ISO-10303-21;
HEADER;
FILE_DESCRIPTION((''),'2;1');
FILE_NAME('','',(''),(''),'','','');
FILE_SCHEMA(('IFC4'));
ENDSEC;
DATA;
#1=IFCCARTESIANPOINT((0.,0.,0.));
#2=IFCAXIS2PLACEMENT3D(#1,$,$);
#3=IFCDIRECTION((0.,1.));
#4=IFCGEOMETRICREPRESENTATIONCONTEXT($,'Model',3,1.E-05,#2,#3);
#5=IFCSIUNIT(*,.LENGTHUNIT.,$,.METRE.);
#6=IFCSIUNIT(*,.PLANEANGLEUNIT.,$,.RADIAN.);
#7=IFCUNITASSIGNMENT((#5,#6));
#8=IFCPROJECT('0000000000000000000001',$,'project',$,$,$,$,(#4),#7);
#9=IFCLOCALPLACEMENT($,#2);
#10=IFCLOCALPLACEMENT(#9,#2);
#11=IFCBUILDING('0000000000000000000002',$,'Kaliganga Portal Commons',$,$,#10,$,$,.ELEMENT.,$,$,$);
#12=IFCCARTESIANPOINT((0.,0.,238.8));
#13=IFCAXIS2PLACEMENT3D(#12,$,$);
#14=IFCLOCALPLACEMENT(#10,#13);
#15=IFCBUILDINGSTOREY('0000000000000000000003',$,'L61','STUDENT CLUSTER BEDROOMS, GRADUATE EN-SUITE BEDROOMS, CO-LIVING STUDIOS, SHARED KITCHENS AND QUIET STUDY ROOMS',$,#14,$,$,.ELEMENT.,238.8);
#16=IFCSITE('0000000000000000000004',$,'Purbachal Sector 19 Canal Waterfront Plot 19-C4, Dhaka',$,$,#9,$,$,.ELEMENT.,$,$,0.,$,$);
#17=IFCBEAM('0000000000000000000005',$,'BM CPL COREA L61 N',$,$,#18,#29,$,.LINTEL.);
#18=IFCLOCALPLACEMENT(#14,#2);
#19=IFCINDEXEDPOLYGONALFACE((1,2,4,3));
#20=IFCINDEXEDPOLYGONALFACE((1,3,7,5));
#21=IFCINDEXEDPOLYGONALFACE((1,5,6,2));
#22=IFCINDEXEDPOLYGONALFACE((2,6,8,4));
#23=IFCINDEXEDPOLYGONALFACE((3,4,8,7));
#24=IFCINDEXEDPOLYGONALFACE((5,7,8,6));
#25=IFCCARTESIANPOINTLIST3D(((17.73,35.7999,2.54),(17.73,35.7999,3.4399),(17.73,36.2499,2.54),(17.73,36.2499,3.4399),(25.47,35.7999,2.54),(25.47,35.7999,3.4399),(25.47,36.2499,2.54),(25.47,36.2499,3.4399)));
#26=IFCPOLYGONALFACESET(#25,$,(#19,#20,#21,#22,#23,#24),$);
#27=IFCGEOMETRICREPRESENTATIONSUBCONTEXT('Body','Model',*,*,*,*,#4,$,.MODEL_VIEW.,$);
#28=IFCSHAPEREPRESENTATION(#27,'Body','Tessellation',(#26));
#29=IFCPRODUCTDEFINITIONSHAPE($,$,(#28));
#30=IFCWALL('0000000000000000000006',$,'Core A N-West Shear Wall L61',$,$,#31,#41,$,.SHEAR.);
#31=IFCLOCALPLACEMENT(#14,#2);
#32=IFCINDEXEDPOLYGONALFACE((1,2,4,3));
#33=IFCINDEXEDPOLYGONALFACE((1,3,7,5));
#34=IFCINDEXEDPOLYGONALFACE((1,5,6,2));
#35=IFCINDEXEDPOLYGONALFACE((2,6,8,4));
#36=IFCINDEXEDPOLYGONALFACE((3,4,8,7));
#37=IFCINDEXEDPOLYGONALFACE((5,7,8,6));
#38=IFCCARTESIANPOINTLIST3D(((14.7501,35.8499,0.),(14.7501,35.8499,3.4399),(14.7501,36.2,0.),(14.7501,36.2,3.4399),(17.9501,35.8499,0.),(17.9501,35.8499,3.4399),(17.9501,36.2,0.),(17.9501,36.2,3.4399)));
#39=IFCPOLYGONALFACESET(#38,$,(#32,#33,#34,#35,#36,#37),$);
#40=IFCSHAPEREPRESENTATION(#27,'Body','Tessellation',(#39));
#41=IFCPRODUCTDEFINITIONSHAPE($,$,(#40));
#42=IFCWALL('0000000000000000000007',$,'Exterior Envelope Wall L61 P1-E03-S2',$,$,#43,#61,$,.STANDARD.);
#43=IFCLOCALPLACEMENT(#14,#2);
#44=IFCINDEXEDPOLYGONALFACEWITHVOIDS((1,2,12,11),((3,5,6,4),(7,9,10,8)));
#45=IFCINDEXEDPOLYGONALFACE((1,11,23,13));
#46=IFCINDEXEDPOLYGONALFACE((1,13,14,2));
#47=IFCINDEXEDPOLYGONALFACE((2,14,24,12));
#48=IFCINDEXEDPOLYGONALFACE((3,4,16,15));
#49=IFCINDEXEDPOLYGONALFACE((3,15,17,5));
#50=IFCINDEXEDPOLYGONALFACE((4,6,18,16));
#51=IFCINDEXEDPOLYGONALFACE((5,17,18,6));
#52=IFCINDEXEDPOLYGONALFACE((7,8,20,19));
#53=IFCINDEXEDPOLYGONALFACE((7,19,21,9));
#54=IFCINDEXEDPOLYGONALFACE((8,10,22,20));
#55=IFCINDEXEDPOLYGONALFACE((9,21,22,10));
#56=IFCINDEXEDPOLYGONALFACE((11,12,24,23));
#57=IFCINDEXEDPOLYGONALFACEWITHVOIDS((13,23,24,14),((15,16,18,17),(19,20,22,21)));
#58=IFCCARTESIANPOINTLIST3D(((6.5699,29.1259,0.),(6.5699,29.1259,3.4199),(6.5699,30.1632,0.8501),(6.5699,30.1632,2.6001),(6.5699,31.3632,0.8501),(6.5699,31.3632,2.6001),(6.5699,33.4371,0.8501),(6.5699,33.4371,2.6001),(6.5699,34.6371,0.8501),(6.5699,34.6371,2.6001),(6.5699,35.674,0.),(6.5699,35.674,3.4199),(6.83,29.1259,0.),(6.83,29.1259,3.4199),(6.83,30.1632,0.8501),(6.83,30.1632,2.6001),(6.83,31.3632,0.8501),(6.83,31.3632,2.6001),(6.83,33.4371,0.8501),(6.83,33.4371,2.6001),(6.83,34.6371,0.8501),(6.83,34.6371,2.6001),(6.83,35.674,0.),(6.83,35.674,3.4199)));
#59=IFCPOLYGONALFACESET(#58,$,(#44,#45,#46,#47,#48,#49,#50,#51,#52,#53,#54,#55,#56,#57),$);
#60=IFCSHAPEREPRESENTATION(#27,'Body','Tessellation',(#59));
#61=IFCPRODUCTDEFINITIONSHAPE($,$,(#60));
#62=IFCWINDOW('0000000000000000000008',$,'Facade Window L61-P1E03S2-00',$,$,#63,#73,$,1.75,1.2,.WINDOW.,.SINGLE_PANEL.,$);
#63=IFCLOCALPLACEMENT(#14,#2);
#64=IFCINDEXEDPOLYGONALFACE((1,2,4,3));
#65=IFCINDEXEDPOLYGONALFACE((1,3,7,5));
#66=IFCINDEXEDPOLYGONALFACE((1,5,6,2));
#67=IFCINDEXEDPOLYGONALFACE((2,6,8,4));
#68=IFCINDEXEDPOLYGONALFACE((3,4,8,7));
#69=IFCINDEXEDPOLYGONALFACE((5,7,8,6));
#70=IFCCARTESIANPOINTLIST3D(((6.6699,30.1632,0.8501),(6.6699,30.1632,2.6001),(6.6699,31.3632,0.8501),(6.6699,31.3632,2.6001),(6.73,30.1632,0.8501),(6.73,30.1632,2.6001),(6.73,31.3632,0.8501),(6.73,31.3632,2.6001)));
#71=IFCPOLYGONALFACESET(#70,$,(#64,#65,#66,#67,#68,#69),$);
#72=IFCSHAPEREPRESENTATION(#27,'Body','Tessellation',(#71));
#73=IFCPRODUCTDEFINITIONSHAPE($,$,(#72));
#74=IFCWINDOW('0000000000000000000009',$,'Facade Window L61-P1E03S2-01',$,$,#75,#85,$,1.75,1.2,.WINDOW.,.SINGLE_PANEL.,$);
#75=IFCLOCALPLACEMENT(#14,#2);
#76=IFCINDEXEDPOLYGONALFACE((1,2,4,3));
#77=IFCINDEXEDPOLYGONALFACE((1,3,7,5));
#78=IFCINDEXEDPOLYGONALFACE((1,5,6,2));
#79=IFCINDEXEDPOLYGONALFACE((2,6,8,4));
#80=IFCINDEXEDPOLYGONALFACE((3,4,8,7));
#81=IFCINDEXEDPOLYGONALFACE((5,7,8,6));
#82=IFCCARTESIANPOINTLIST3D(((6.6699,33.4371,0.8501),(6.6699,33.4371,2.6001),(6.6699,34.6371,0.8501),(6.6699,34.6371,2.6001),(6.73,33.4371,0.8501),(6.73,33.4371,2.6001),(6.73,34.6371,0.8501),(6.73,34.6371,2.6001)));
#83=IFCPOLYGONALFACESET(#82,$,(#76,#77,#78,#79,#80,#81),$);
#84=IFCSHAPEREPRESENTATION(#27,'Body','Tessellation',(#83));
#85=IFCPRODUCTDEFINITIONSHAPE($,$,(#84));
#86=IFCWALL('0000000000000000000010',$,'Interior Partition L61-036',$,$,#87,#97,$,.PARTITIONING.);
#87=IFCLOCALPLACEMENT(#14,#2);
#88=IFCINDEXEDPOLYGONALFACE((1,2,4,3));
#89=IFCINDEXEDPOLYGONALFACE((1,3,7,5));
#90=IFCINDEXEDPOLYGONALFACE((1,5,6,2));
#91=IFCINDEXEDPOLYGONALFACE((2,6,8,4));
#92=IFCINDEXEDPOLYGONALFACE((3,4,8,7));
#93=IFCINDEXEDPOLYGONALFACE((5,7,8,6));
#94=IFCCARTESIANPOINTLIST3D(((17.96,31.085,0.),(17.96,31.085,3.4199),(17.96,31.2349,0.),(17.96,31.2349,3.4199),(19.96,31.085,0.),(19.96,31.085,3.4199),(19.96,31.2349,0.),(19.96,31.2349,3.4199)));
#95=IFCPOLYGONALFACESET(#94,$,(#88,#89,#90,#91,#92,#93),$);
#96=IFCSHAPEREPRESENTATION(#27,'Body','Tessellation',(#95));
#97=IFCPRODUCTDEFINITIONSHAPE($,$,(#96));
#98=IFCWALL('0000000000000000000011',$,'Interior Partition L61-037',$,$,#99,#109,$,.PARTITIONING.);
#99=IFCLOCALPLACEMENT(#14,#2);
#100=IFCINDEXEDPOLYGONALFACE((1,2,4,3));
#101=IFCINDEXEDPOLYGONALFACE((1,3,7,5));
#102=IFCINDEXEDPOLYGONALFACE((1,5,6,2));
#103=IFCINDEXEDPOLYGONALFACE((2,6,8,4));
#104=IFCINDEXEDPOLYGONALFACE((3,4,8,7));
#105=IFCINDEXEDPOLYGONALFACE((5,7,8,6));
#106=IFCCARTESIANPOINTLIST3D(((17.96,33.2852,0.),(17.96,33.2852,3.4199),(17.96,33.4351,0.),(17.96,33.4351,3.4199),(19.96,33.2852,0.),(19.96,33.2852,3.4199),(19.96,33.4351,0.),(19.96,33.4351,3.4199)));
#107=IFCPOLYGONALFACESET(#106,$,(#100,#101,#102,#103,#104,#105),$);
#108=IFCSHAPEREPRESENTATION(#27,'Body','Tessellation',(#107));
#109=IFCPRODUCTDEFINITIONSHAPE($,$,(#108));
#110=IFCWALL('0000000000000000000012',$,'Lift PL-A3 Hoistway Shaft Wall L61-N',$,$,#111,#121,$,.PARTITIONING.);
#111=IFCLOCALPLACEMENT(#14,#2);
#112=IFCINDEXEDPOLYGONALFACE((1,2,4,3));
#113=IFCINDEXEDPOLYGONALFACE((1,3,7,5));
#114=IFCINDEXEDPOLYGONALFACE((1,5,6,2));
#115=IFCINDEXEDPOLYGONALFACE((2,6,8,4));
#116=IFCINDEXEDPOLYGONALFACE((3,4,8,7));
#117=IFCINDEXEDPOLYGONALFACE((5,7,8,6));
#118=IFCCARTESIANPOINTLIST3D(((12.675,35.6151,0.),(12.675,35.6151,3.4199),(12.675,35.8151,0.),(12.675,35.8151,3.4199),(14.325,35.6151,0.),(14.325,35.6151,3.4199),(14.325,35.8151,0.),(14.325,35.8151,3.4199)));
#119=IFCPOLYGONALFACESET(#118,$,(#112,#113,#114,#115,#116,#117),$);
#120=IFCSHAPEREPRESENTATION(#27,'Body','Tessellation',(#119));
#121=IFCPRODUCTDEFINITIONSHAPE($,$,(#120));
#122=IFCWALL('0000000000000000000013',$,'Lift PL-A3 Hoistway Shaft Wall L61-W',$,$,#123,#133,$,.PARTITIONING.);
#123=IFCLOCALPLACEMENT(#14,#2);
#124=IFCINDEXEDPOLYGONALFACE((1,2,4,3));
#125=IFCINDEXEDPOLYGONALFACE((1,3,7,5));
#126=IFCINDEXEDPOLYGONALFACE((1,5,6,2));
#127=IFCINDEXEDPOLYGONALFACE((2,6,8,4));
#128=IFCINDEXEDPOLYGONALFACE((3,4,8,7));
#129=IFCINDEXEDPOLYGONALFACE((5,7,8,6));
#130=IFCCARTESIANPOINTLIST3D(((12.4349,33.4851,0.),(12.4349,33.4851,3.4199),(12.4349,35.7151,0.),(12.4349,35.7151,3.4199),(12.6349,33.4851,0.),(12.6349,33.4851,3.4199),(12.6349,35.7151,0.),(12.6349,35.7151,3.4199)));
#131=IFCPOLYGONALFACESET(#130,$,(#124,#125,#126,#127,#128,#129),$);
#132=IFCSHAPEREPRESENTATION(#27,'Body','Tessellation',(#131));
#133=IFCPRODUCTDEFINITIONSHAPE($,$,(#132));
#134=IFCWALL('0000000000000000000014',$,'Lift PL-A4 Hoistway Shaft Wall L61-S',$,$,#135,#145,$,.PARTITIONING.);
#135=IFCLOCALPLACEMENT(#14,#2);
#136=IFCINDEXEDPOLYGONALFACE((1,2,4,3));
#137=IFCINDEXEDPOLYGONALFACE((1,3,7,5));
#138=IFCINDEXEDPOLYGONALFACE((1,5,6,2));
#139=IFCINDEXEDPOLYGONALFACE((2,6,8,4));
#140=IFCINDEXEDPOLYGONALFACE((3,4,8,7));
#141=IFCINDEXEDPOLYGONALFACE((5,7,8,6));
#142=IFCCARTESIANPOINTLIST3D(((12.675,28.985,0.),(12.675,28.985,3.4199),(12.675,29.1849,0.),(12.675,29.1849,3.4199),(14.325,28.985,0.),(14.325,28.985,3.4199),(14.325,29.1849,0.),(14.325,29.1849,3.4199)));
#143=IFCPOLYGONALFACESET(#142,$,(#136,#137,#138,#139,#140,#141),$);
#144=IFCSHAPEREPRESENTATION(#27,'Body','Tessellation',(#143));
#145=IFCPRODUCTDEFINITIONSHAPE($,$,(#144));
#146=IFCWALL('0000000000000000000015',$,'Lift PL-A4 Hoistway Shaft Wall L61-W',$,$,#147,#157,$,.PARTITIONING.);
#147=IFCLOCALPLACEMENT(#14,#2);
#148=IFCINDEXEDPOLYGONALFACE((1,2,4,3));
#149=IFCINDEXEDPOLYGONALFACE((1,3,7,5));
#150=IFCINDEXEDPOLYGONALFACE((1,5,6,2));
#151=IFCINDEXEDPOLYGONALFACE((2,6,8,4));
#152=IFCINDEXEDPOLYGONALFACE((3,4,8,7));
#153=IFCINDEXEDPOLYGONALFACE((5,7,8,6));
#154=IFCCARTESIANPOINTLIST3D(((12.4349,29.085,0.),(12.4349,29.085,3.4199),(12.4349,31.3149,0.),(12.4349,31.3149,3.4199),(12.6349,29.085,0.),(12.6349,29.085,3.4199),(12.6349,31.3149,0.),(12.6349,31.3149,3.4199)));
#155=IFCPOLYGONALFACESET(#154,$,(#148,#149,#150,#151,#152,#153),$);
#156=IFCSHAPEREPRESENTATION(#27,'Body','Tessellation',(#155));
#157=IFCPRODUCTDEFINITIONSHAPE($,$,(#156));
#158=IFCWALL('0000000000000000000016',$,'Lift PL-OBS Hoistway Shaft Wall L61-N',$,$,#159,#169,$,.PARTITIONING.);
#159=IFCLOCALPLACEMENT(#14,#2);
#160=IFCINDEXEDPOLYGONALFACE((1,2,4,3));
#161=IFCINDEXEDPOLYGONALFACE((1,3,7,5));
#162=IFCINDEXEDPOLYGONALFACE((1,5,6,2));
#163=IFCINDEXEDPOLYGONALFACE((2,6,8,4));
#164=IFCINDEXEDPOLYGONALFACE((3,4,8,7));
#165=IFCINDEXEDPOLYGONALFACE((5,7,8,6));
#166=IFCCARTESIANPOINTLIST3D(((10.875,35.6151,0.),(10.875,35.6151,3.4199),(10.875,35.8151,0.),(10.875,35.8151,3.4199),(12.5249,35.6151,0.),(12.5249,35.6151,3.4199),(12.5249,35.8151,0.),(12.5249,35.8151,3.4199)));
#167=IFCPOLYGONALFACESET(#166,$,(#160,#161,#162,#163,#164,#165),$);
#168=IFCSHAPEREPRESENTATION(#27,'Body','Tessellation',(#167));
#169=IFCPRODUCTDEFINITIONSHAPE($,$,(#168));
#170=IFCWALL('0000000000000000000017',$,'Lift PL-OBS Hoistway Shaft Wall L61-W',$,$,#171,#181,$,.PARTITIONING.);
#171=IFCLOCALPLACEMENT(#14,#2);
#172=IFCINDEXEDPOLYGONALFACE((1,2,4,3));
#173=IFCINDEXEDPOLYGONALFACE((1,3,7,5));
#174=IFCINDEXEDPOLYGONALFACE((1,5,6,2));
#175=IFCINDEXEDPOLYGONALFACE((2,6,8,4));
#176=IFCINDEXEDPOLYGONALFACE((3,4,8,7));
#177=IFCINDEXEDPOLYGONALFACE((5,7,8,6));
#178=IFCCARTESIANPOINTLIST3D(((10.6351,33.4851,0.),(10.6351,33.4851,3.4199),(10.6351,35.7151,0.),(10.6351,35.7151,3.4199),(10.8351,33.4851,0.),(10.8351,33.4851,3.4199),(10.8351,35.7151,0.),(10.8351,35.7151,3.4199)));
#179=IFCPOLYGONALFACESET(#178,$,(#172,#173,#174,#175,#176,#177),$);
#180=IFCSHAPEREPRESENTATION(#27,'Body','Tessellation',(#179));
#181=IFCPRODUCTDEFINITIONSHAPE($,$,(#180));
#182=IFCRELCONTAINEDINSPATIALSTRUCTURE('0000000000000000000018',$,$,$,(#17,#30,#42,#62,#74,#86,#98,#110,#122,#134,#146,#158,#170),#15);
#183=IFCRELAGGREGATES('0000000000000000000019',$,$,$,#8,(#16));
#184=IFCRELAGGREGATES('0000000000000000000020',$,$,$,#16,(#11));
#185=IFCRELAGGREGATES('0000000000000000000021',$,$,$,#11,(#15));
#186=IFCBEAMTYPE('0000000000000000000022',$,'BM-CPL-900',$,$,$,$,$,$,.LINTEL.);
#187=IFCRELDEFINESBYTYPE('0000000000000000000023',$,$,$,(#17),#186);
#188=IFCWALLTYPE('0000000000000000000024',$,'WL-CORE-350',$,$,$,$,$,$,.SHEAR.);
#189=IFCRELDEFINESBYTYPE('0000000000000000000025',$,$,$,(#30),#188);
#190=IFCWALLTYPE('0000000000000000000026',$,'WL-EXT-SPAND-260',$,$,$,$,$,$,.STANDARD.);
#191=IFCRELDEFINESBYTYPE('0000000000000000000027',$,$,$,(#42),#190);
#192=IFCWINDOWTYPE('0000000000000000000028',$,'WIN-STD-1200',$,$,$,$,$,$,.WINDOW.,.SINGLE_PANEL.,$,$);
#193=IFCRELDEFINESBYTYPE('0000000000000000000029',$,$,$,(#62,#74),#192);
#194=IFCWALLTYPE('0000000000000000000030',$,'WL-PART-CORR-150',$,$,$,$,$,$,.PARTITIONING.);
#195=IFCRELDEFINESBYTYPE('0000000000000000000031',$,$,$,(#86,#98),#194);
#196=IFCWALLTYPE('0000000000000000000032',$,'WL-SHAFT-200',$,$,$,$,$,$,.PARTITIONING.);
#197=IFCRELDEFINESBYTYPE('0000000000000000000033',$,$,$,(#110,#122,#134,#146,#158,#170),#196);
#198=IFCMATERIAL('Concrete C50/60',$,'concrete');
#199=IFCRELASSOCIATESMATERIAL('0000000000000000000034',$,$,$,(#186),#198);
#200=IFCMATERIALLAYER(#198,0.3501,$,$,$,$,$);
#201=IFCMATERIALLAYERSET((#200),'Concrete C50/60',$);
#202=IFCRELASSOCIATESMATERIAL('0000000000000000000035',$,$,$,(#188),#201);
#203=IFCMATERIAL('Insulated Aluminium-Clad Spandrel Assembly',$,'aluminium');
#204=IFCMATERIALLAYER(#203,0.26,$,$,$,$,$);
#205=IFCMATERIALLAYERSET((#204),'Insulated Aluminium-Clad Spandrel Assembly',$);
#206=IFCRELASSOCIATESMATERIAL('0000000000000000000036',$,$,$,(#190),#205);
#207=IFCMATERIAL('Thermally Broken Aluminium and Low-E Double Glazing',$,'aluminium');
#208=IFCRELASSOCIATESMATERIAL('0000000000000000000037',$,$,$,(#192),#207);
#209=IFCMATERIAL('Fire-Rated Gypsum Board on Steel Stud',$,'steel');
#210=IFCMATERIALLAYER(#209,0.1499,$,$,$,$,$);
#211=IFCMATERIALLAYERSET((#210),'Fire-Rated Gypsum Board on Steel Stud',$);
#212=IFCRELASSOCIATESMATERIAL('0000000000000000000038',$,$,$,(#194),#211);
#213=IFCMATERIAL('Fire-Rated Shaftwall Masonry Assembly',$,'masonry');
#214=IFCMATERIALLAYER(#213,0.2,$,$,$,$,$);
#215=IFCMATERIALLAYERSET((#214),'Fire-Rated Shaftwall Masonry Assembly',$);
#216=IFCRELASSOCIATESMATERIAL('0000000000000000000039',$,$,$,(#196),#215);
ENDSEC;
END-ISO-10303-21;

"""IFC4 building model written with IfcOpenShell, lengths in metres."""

from ifc_helpers import new_model, si_unit, direction, frame, frame_2d, origin, origin_2d, place, context, subcontext, project, spatial, rectangle, extrude, source, transform, mapped, material, layer, layer_set, material_profile, profile_set, type_object, element, fill, save


model = new_model("IFC4")

# Units and contexts
model_context = context("Model", 3, precision=1e-05, world=origin(), true_north=direction((0.0, 1.0)))
body_context = subcontext(model_context, "Body", "Model", "MODEL_VIEW")
ifc_project = project(units=[si_unit("LENGTHUNIT", "METRE"), si_unit("PLANEANGLEUNIT", "RADIAN")], contexts=[model_context])

# Site, building, storey
site_placement = place(None, origin())
site = spatial("IfcSite", under=ifc_project, at=site_placement, Name="Purbachal Sector 19 Canal Waterfront Plot 19-C4, Dhaka", CompositionType="ELEMENT", RefElevation=0.0)
building_placement = place(site_placement, origin())
building = spatial("IfcBuilding", under=site, at=building_placement, Name="Kaliganga Portal Commons", CompositionType="ELEMENT")
storey_placement = place(building_placement, frame((0.0, 0.0, 238.8)))
storey = spatial("IfcBuildingStorey", under=building, at=storey_placement, Name="L61", Description="STUDENT CLUSTER BEDROOMS, GRADUATE EN-SUITE BEDROOMS, CO-LIVING STUDIOS, SHARED KITCHENS AND QUIET STUDY ROOMS", CompositionType="ELEMENT", Elevation=238.8)

# Beam
ifc_material_1 = material(Name="Concrete C50/60", Category="concrete")
ifc_material_profile = material_profile(ifc_material_1, rectangle(XDim=0.45, YDim=0.8999, at=origin_2d()), Name="RC 450x900")
ifc_profile_set = profile_set([ifc_material_profile], Name="Concrete C50/60")
beam_type = type_object("IfcBeamType", Name="BM-CPL-900", PredefinedType="LINTEL", material=ifc_profile_set)
shared_shape = source(origin(), body_context, "Body", "SweptSolid", [
    extrude(rectangle(XDim=0.45, YDim=0.8999, at=origin_2d()), origin(), (0.0, 0.0, 1.0), 7.74),
])
beam_placement = place(storey_placement, frame((17.73, 36.0249, 2.99), z_axis=(1.0, 0.0, 0.0), x_axis=(0.0, 1.0, 0.0)))
element("IfcBeam", 1, at=beam_placement, inside=storey, type_object=beam_type, Name="BM CPL COREA L61 N", PredefinedType="LINTEL", context=body_context, shape_type="MappedRepresentation", body=[
    mapped(shared_shape, transform((0.0, 0.0, 0.0), x_axis=(1.0, 0.0, 0.0), y_axis=(0.0, 1.0, 0.0), z_axis=(0.0, 0.0, 1.0), scale=1.0)),
])

# Wall
ifc_layer_1 = layer(ifc_material_1, 0.3501)
ifc_layer_set_1 = layer_set([ifc_layer_1], Name="Concrete C50/60")
wall_type_1 = type_object("IfcWallType", Name="WL-CORE-350", PredefinedType="SHEAR", material=ifc_layer_set_1)
wall_1_placement = place(storey_placement, frame((14.75, 36.0249, 0.0), z_axis=(0.0, 0.0, 1.0), x_axis=(1.0, 0.0, 0.0)))
element("IfcWall", 2, at=wall_1_placement, inside=storey, type_object=wall_type_1, Name="Core A N-West Shear Wall L61", PredefinedType="SHEAR", context=body_context, shape_type="SweptSolid", body=[
    extrude(rectangle(XDim=3.2, YDim=0.3501, at=frame_2d((1.6001, 0.0))), origin(), (0.0, 0.0, 1.0), 3.4399),
])

# Wall, openings, windows
ifc_material_2 = material(Name="Insulated Aluminium-Clad Spandrel Assembly", Category="aluminium")
ifc_layer_2 = layer(ifc_material_2, 0.26)
ifc_layer_set_2 = layer_set([ifc_layer_2], Name="Insulated Aluminium-Clad Spandrel Assembly")
wall_type_2 = type_object("IfcWallType", Name="WL-EXT-SPAND-260", PredefinedType="STANDARD", material=ifc_layer_set_2)
wall_2_placement = place(storey_placement, frame((6.7, 29.126, 0.0), z_axis=(0.0, 0.0, 1.0), x_axis=(0.0, 1.0, 0.0)))
wall_2 = element("IfcWall", 3, at=wall_2_placement, inside=storey, type_object=wall_type_2, Name="Exterior Envelope Wall L61 P1-E03-S2", PredefinedType="STANDARD", context=body_context, shape_type="SweptSolid", body=[
    extrude(rectangle(XDim=6.5481, YDim=0.26, at=frame_2d((3.2739, 0.0))), origin(), (0.0, 0.0, 1.0), 3.4199),
])
opening_1_placement = place(wall_2_placement, frame((1.0371, 0.0, 0.8501)))
opening_1 = element("IfcOpeningElement", 4, at=opening_1_placement, cuts=wall_2, PredefinedType="OPENING", context=body_context, shape_type="SweptSolid", body=[
    extrude(rectangle(XDim=1.2, YDim=1.75, at=frame_2d((0.6001, 0.875))), frame((0.0, 0.1401, 0.0), z_axis=(0.0, -1.0, 0.0), x_axis=(1.0, 0.0, 0.0)), (0.0, 0.0, 1.0), 0.28),
])
opening_2_placement = place(wall_2_placement, frame((4.311, 0.0, 0.8501)))
opening_2 = element("IfcOpeningElement", 5, at=opening_2_placement, cuts=wall_2, PredefinedType="OPENING", context=body_context, shape_type="SweptSolid", body=[
    extrude(rectangle(XDim=1.2, YDim=1.75, at=frame_2d((0.6001, 0.875))), frame((0.0, 0.1401, 0.0), z_axis=(0.0, -1.0, 0.0), x_axis=(1.0, 0.0, 0.0)), (0.0, 0.0, 1.0), 0.28),
])
ifc_material_3 = material(Name="Thermally Broken Aluminium and Low-E Double Glazing", Category="aluminium")
window_type = type_object("IfcWindowType", Name="WIN-STD-1200", PartitioningType="SINGLE_PANEL", PredefinedType="WINDOW", material=ifc_material_3)
window_1_placement = place(opening_1_placement, origin())
window_1 = element("IfcWindow", 6, at=window_1_placement, inside=storey, type_object=window_type, Name="Facade Window L61-P1E03S2-00", OverallHeight=1.75, OverallWidth=1.2, PartitioningType="SINGLE_PANEL", PredefinedType="WINDOW", context=body_context, shape_type="SweptSolid", body=[
    extrude(rectangle(XDim=1.2, YDim=1.75, at=frame_2d((0.6001, 0.875))), frame((0.0, 0.03, 0.0), z_axis=(0.0, -1.0, 0.0), x_axis=(1.0, 0.0, 0.0)), (0.0, 0.0, 1.0), 0.0601),
])
fill(opening_1, window_1)
window_2_placement = place(opening_2_placement, origin())
window_2 = element("IfcWindow", 7, at=window_2_placement, inside=storey, type_object=window_type, Name="Facade Window L61-P1E03S2-01", OverallHeight=1.75, OverallWidth=1.2, PartitioningType="SINGLE_PANEL", PredefinedType="WINDOW", context=body_context, shape_type="SweptSolid", body=[
    extrude(rectangle(XDim=1.2, YDim=1.75, at=frame_2d((0.6001, 0.875))), frame((0.0, 0.03, 0.0), z_axis=(0.0, -1.0, 0.0), x_axis=(1.0, 0.0, 0.0)), (0.0, 0.0, 1.0), 0.0601),
])
fill(opening_2, window_2)

# Walls
ifc_material_4 = material(Name="Fire-Rated Gypsum Board on Steel Stud", Category="steel")
ifc_layer_3 = layer(ifc_material_4, 0.1499)
ifc_layer_set_3 = layer_set([ifc_layer_3], Name="Fire-Rated Gypsum Board on Steel Stud")
wall_type_3 = type_object("IfcWallType", Name="WL-PART-CORR-150", PredefinedType="PARTITIONING", material=ifc_layer_set_3)
for number, where, z_axis, x_axis, name in (
    (8, (17.96, 31.1599, 0.0), (0.0, 0.0, 1.0), (1.0, 0.0, 0.0), "Interior Partition L61-036"),
    (9, (17.96, 33.3601, 0.0), (0.0, 0.0, 1.0), (1.0, 0.0, 0.0), "Interior Partition L61-037"),
):
    element("IfcWall", number, at=place(storey_placement, frame(where, z_axis=z_axis, x_axis=x_axis)), inside=storey, type_object=wall_type_3, Name=name, PredefinedType="PARTITIONING", context=body_context, shape_type="SweptSolid", body=[
        extrude(rectangle(XDim=2.0, YDim=0.1499, at=frame_2d((1.0, 0.0))), origin(), (0.0, 0.0, 1.0), 3.4199),
    ])

# Shared definitions
ifc_material_5 = material(Name="Fire-Rated Shaftwall Masonry Assembly", Category="masonry")
ifc_layer_4 = layer(ifc_material_5, 0.2)
ifc_layer_set_4 = layer_set([ifc_layer_4], Name="Fire-Rated Shaftwall Masonry Assembly")
wall_type_4 = type_object("IfcWallType", Name="WL-SHAFT-200", PredefinedType="PARTITIONING", material=ifc_layer_set_4)

# Walls
wall_3_placement = place(storey_placement, frame((12.675, 35.7151, 0.0), z_axis=(0.0, 0.0, 1.0), x_axis=(1.0, 0.0, 0.0)))
element("IfcWall", 10, at=wall_3_placement, inside=storey, type_object=wall_type_4, Name="Lift PL-A3 Hoistway Shaft Wall L61-N", PredefinedType="PARTITIONING", context=body_context, shape_type="SweptSolid", body=[
    extrude(rectangle(XDim=1.6499, YDim=0.2, at=frame_2d((0.825, 0.0))), origin(), (0.0, 0.0, 1.0), 3.4199),
])
wall_4_placement = place(storey_placement, frame((12.5349, 33.4851, 0.0), z_axis=(0.0, 0.0, 1.0), x_axis=(0.0, 1.0, 0.0)))
element("IfcWall", 11, at=wall_4_placement, inside=storey, type_object=wall_type_4, Name="Lift PL-A3 Hoistway Shaft Wall L61-W", PredefinedType="PARTITIONING", context=body_context, shape_type="SweptSolid", body=[
    extrude(rectangle(XDim=2.23, YDim=0.2, at=frame_2d((1.115, 0.0))), origin(), (0.0, 0.0, 1.0), 3.4199),
])
wall_5_placement = place(storey_placement, frame((12.675, 29.085, 0.0), z_axis=(0.0, 0.0, 1.0), x_axis=(1.0, 0.0, 0.0)))
element("IfcWall", 12, at=wall_5_placement, inside=storey, type_object=wall_type_4, Name="Lift PL-A4 Hoistway Shaft Wall L61-S", PredefinedType="PARTITIONING", context=body_context, shape_type="SweptSolid", body=[
    extrude(rectangle(XDim=1.6499, YDim=0.2, at=frame_2d((0.825, 0.0))), origin(), (0.0, 0.0, 1.0), 3.4199),
])

# Wall
wall_6_placement = place(storey_placement, frame((12.5349, 29.085, 0.0), z_axis=(0.0, 0.0, 1.0), x_axis=(0.0, 1.0, 0.0)))
element("IfcWall", 13, at=wall_6_placement, inside=storey, type_object=wall_type_4, Name="Lift PL-A4 Hoistway Shaft Wall L61-W", PredefinedType="PARTITIONING", context=body_context, shape_type="SweptSolid", body=[
    extrude(rectangle(XDim=2.23, YDim=0.2, at=frame_2d((1.115, 0.0))), origin(), (0.0, 0.0, 1.0), 3.4199),
])

# Walls
wall_7_placement = place(storey_placement, frame((10.875, 35.7151, 0.0), z_axis=(0.0, 0.0, 1.0), x_axis=(1.0, 0.0, 0.0)))
element("IfcWall", 14, at=wall_7_placement, inside=storey, type_object=wall_type_4, Name="Lift PL-OBS Hoistway Shaft Wall L61-N", PredefinedType="PARTITIONING", context=body_context, shape_type="SweptSolid", body=[
    extrude(rectangle(XDim=1.6499, YDim=0.2, at=frame_2d((0.825, 0.0))), origin(), (0.0, 0.0, 1.0), 3.4199),
])
wall_8_placement = place(storey_placement, frame((10.7351, 33.4851, 0.0), z_axis=(0.0, 0.0, 1.0), x_axis=(0.0, 1.0, 0.0)))
element("IfcWall", 15, at=wall_8_placement, inside=storey, type_object=wall_type_4, Name="Lift PL-OBS Hoistway Shaft Wall L61-W", PredefinedType="PARTITIONING", context=body_context, shape_type="SweptSolid", body=[
    extrude(rectangle(XDim=2.23, YDim=0.2, at=frame_2d((1.115, 0.0))), origin(), (0.0, 0.0, 1.0), 3.4199),
])

save(model, "model.ifc")
